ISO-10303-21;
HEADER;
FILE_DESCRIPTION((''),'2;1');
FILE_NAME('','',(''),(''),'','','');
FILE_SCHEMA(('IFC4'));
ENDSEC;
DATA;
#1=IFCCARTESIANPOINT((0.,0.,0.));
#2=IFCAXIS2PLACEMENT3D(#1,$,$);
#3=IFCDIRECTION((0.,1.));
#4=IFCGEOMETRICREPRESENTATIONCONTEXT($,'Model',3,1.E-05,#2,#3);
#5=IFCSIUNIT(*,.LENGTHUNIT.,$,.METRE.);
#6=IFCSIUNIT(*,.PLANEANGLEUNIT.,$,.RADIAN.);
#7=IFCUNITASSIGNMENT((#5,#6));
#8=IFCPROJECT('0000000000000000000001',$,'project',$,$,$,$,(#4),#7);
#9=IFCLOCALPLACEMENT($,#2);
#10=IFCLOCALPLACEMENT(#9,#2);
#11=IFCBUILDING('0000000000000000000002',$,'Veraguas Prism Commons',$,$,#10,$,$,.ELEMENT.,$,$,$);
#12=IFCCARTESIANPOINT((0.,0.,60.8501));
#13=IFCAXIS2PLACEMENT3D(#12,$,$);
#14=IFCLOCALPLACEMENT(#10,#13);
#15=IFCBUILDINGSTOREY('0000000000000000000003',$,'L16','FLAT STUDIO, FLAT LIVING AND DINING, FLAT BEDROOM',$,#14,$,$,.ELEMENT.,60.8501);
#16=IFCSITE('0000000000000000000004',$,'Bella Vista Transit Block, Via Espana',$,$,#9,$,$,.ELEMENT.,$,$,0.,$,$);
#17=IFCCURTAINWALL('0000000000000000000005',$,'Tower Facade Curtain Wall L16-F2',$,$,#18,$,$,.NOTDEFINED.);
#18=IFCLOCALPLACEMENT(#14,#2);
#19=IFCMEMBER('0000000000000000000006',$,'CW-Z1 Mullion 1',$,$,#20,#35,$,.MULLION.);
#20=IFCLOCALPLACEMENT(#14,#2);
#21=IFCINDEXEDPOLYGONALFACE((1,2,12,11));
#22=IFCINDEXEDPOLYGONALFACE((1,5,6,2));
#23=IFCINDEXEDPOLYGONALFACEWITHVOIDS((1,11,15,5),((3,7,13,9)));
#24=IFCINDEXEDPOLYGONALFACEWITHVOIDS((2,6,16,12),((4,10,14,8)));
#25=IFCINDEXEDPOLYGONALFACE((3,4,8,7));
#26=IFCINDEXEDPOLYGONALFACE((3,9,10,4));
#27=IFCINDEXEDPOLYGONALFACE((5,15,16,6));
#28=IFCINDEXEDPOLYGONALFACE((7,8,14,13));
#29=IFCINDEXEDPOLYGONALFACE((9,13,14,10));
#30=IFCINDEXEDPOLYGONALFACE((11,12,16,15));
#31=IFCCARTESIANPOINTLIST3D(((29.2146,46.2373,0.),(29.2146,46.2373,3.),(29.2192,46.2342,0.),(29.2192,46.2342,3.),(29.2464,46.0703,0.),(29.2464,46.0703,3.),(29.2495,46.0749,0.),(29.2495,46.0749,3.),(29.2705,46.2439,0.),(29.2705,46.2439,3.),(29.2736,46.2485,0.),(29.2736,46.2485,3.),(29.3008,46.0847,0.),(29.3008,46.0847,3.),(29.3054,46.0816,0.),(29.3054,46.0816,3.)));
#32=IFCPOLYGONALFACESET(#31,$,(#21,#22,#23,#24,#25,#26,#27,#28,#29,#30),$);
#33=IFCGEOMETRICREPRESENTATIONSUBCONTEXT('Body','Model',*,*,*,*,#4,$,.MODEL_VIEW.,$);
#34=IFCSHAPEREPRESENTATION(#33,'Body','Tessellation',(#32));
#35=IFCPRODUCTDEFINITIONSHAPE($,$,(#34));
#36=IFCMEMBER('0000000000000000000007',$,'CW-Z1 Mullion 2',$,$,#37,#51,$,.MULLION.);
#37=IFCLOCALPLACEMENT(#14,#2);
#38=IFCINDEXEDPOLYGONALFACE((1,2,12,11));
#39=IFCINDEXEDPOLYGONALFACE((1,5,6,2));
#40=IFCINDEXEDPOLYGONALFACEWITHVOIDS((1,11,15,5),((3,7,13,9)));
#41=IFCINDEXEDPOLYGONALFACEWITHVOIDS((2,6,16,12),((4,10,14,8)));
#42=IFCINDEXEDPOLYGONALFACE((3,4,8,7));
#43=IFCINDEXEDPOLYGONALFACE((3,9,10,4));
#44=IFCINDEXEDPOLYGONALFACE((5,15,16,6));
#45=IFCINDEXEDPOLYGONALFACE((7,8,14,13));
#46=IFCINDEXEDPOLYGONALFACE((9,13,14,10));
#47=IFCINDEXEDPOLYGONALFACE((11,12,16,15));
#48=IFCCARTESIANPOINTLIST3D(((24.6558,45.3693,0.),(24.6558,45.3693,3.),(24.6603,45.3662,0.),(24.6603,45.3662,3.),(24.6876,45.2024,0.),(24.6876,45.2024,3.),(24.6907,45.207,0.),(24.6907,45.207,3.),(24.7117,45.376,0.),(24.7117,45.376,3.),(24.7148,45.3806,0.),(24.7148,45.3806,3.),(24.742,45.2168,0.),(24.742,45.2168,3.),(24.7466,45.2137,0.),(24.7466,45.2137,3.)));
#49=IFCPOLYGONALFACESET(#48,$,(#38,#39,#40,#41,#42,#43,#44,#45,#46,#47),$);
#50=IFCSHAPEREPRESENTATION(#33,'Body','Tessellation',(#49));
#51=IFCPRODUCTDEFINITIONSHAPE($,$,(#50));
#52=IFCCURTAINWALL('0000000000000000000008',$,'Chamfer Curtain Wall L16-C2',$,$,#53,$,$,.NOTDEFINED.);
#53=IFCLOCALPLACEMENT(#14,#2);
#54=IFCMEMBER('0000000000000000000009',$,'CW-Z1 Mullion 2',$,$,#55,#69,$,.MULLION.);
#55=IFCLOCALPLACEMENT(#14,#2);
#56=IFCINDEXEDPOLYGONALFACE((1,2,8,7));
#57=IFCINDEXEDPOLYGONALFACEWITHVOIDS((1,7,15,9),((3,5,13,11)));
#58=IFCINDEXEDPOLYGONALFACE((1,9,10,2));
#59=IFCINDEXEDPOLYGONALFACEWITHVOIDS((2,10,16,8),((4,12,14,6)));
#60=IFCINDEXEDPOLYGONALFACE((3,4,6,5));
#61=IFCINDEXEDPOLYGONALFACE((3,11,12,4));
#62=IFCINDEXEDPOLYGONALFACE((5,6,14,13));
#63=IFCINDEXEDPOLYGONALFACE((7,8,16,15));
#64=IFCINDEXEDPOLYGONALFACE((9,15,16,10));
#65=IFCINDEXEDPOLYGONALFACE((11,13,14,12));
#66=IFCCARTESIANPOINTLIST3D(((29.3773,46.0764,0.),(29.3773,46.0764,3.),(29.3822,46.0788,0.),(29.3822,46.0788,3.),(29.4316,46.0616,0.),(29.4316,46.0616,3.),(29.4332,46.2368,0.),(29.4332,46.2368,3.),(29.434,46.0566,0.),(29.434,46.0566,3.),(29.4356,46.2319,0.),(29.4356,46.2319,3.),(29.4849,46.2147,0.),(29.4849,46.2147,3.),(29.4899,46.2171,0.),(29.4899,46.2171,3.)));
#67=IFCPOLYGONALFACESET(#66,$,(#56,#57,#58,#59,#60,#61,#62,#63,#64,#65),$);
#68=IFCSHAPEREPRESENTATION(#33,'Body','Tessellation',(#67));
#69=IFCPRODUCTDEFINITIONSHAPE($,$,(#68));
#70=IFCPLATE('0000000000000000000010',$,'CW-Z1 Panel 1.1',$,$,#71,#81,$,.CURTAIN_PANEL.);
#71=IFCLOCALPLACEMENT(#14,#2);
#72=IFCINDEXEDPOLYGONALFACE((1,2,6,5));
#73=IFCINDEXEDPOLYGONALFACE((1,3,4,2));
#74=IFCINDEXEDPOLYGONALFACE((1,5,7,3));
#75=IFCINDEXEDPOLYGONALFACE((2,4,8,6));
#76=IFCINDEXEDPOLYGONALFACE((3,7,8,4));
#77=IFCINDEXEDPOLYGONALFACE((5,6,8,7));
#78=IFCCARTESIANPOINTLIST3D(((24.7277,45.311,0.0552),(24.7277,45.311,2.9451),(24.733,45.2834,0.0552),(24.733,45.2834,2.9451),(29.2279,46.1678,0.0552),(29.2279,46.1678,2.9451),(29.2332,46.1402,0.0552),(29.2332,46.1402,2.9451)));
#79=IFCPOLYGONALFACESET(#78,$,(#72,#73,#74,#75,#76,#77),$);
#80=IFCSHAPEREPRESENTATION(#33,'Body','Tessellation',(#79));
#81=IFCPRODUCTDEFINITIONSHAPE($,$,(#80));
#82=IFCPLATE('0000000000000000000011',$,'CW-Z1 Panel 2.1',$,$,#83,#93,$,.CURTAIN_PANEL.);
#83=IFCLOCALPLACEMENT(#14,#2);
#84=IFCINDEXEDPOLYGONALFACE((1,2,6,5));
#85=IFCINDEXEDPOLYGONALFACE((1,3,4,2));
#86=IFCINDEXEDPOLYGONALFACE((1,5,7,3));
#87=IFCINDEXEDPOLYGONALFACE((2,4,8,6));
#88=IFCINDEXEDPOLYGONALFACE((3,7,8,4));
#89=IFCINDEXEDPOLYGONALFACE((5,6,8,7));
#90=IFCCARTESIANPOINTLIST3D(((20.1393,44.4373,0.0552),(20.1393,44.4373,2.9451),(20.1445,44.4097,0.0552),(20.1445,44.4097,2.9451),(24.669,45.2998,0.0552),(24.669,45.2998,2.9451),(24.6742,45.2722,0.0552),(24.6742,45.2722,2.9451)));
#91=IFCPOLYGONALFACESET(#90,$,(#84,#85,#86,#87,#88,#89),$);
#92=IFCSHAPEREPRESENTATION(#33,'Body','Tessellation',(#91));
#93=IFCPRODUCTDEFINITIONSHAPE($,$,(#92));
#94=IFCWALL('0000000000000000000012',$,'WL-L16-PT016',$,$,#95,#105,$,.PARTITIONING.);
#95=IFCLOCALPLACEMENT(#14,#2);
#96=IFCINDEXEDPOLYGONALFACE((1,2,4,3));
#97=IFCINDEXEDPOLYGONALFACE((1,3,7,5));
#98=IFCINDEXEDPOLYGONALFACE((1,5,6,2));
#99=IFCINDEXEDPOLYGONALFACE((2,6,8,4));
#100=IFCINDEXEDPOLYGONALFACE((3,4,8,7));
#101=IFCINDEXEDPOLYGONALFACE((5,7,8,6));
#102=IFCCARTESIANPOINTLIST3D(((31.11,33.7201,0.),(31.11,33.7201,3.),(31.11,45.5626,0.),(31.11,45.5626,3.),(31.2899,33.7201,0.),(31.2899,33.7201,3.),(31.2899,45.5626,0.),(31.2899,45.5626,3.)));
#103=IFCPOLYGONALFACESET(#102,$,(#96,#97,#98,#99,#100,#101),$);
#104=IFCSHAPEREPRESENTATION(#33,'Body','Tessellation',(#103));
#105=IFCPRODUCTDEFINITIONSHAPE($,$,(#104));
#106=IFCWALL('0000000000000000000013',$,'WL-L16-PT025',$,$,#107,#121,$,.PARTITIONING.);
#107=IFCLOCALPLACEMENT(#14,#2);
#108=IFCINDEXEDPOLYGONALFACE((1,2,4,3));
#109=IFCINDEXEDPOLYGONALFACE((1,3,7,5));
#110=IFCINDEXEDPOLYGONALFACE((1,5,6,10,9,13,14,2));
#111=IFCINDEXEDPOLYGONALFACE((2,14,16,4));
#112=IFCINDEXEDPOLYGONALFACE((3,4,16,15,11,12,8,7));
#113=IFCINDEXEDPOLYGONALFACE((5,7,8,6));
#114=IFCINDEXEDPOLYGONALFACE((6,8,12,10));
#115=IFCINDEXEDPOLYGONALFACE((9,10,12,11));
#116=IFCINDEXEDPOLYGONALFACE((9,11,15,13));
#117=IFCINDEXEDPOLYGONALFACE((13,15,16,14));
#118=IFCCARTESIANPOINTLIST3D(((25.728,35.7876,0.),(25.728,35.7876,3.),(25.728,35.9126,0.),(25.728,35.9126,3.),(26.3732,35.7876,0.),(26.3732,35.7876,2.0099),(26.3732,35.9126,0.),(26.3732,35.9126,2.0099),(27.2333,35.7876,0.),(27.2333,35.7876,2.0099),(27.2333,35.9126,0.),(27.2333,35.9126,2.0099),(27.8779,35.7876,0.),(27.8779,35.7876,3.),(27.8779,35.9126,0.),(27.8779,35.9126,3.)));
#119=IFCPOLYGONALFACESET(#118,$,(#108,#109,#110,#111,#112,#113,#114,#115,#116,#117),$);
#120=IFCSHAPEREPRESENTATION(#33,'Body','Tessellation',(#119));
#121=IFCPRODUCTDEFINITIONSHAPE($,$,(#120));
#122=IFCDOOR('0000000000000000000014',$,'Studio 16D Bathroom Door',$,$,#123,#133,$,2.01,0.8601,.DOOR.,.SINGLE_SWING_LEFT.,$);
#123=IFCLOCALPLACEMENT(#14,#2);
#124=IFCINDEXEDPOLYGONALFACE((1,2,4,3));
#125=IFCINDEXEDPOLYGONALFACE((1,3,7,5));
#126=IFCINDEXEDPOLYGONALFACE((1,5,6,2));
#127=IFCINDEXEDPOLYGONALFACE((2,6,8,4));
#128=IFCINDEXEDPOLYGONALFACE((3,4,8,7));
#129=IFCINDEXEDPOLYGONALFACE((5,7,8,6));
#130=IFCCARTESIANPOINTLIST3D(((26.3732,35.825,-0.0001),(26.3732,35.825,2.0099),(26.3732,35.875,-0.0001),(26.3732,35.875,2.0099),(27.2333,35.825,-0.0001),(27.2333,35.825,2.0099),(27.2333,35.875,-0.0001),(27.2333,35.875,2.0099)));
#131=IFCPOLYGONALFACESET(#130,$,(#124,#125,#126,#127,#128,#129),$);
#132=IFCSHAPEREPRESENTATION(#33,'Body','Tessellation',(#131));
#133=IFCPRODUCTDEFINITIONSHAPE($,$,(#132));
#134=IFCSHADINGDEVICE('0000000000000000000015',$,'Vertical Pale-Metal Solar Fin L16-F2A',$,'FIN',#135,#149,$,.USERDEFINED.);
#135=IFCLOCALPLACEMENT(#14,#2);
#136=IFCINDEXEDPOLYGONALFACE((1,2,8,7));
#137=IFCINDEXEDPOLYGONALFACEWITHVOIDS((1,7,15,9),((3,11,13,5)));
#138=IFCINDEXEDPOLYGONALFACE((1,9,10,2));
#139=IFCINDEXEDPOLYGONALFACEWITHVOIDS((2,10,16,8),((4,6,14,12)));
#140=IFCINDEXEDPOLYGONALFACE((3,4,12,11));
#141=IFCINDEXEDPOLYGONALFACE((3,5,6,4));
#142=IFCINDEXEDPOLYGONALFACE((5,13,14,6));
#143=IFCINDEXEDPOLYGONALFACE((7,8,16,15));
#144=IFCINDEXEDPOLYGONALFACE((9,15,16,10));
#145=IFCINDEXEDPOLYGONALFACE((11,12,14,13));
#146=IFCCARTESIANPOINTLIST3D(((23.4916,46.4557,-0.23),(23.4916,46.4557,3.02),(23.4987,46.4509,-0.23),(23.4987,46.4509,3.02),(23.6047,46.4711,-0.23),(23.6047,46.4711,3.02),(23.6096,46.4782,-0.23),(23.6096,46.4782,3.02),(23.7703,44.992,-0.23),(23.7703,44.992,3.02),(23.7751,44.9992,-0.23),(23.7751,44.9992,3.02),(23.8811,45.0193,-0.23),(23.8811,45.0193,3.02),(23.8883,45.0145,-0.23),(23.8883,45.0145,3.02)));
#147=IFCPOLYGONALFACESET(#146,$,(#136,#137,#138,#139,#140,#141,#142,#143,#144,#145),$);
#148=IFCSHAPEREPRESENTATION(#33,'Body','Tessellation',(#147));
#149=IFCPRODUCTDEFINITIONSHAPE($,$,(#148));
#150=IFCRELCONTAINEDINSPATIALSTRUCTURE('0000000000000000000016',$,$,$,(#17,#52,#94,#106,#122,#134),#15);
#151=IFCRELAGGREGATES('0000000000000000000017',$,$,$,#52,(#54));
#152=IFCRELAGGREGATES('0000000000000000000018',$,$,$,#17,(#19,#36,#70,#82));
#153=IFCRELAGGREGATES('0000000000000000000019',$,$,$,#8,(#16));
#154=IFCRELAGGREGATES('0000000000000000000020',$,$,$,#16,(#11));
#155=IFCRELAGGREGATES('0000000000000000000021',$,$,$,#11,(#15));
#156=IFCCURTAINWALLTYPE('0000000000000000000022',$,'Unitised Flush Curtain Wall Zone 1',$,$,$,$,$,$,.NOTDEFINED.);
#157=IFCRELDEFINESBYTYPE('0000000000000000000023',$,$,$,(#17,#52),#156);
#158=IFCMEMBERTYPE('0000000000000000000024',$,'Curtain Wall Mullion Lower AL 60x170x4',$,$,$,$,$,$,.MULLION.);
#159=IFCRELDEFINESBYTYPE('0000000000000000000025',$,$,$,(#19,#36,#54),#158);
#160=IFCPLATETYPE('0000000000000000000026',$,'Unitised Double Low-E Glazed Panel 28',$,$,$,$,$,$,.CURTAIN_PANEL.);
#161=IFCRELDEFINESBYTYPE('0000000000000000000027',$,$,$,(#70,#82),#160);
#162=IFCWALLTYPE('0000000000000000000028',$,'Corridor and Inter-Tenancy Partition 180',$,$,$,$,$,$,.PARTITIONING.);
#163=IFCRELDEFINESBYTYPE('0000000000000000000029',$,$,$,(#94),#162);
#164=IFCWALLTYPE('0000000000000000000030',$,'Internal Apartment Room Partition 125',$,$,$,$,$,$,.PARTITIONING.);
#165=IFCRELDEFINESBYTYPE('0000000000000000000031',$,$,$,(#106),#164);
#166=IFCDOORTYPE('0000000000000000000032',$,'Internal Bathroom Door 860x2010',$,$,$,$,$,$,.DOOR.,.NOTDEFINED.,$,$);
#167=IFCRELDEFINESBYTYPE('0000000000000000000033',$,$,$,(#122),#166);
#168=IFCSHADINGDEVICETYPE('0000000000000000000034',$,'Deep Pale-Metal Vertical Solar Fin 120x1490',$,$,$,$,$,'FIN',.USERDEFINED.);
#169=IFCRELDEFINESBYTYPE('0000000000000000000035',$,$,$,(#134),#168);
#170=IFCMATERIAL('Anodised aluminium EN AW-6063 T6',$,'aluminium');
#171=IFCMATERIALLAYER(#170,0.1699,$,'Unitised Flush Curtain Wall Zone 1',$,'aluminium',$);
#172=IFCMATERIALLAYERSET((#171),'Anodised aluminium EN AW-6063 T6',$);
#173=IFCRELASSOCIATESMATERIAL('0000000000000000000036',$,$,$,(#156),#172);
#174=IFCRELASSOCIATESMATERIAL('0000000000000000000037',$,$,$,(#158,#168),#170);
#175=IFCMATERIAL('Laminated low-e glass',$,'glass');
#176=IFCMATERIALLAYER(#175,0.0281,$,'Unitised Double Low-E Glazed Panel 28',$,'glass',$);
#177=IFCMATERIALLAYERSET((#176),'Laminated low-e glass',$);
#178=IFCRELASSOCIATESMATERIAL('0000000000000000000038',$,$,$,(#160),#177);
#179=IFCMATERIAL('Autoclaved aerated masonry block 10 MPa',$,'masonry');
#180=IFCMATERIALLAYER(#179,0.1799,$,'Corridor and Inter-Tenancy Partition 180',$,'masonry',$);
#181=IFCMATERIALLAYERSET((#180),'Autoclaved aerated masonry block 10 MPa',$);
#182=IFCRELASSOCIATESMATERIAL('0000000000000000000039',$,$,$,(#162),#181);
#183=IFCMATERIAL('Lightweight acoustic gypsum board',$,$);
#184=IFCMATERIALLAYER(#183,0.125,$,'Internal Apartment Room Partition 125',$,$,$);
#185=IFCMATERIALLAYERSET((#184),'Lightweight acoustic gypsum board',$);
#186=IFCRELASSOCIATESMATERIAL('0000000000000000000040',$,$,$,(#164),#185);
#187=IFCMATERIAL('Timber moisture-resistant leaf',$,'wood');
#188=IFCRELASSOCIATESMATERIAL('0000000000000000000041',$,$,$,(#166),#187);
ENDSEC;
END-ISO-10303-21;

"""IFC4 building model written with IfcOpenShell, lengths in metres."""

from ifc_helpers import new_model, si_unit, direction, frame, frame_2d, origin, origin_2d, place, context, subcontext, project, spatial, rectangle, hollow_rectangle, extrude, source, transform, mapped, material, layer, layer_set, material_profile, profile_set, type_object, element, fill, aggregate, save


model = new_model("IFC4")

# Units and contexts
model_context = context("Model", 3, precision=1e-05, world=origin(), true_north=direction((0.0, 1.0)))
body_context = subcontext(model_context, "Body", "Model", "MODEL_VIEW")
ifc_project = project(units=[si_unit("LENGTHUNIT", "METRE"), si_unit("PLANEANGLEUNIT", "RADIAN")], contexts=[model_context])

# Site, building, storey
site_placement = place(None, origin())
site = spatial("IfcSite", under=ifc_project, at=site_placement, Name="Bella Vista Transit Block, Via Espana", CompositionType="ELEMENT", RefElevation=0.0)
building_placement = place(site_placement, origin())
building = spatial("IfcBuilding", under=site, at=building_placement, Name="Veraguas Prism Commons", CompositionType="ELEMENT")
storey_placement = place(building_placement, frame((0.0, 0.0, 60.8501)))
storey = spatial("IfcBuildingStorey", under=building, at=storey_placement, Name="L16", Description="FLAT STUDIO, FLAT LIVING AND DINING, FLAT BEDROOM", CompositionType="ELEMENT", Elevation=60.8501)

# Curtain wall, members
ifc_material_1 = material(Name="Anodised aluminium EN AW-6063 T6", Category="aluminium")
ifc_layer_1 = layer(ifc_material_1, 0.1699, Name="Unitised Flush Curtain Wall Zone 1", Category="aluminium")
ifc_layer_set_1 = layer_set([ifc_layer_1], Name="Anodised aluminium EN AW-6063 T6")
curtain_wall_type = type_object("IfcCurtainWallType", Name="Unitised Flush Curtain Wall Zone 1", PredefinedType="NOTDEFINED", material=ifc_layer_set_1)
curtain_wall_1_placement = place(storey_placement, origin())
curtain_wall_1 = element("IfcCurtainWall", 1, at=curtain_wall_1_placement, inside=storey, type_object=curtain_wall_type, Name="Tower Facade Curtain Wall L16-F2", PredefinedType="NOTDEFINED")
ifc_material_profile_1 = material_profile(ifc_material_1, hollow_rectangle(XDim=0.0601, YDim=0.1699, WallThickness=0.0039, at=origin_2d()), Name="AL60X170X4")
ifc_profile_set_1 = profile_set([ifc_material_profile_1], Name="Anodised aluminium EN AW-6063 T6")
member_type_1 = type_object("IfcMemberType", Name="Curtain Wall Mullion Lower AL 60x170x4", PredefinedType="MULLION", material=ifc_profile_set_1)
shared_shape_1 = source(origin(), body_context, "Body", "SweptSolid", [
    extrude(hollow_rectangle(XDim=0.0601, YDim=0.1699, WallThickness=0.0039, at=origin_2d()), origin(), (0.0, 0.0, 1.0), 3.0),
])
member_1_placement = place(storey_placement, frame((29.26, 46.1594, 0.0), z_axis=(0.0, 0.0, 1.0), x_axis=(-0.982353, -0.187038, 0.0)))
member_1 = element("IfcMember", 2, at=member_1_placement, type_object=member_type_1, Name="CW-Z1 Mullion 1", PredefinedType="MULLION", context=body_context, shape_type="MappedRepresentation", body=[
    mapped(shared_shape_1, transform((0.0, 0.0, 0.0), scale=1.0)),
])
member_2_placement = place(storey_placement, frame((24.7012, 45.2915, 0.0), z_axis=(0.0, 0.0, 1.0), x_axis=(-0.982353, -0.187038, 0.0)))
member_2 = element("IfcMember", 3, at=member_2_placement, type_object=member_type_1, Name="CW-Z1 Mullion 2", PredefinedType="MULLION", context=body_context, shape_type="MappedRepresentation", body=[
    mapped(shared_shape_1, transform((0.0, 0.0, 0.0), scale=1.0)),
])

# Curtain wall, member
curtain_wall_2_placement = place(storey_placement, origin())
curtain_wall_2 = element("IfcCurtainWall", 4, at=curtain_wall_2_placement, inside=storey, type_object=curtain_wall_type, Name="Chamfer Curtain Wall L16-C2", PredefinedType="NOTDEFINED")
member_3_placement = place(storey_placement, frame((29.4336, 46.1467, 0.0), z_axis=(0.0, 0.0, 1.0), x_axis=(-0.944272, 0.329165, 0.0)))
member_3 = element("IfcMember", 5, at=member_3_placement, type_object=member_type_1, Name="CW-Z1 Mullion 2", PredefinedType="MULLION", context=body_context, shape_type="MappedRepresentation", body=[
    mapped(shared_shape_1, transform((0.0, 0.0, 0.0), scale=1.0)),
])
aggregate(curtain_wall_2, [member_3])

# Plates
ifc_material_2 = material(Name="Laminated low-e glass", Category="glass")
ifc_layer_2 = layer(ifc_material_2, 0.0281, Name="Unitised Double Low-E Glazed Panel 28", Category="glass")
ifc_layer_set_2 = layer_set([ifc_layer_2], Name="Laminated low-e glass")
plate_type = type_object("IfcPlateType", Name="Unitised Double Low-E Glazed Panel 28", PredefinedType="CURTAIN_PANEL", material=ifc_layer_set_2)
shared_shape_2 = source(origin(), body_context, "Body", "SweptSolid", [
    extrude(rectangle(XDim=4.5811, YDim=0.0281, at=origin_2d()), origin(), (0.0, 0.0, 1.0), 2.8899),
])
plate_1_placement = place(storey_placement, frame((26.9805, 45.7256, 0.0552), z_axis=(0.0, 0.0, 1.0), x_axis=(-0.982353, -0.187038, 0.0)))
plate_1 = element("IfcPlate", 6, at=plate_1_placement, type_object=plate_type, Name="CW-Z1 Panel 1.1", PredefinedType="CURTAIN_PANEL", context=body_context, shape_type="MappedRepresentation", body=[
    mapped(shared_shape_2, transform((0.0, 0.0, 0.0), scale=1.0)),
])
shared_shape_3 = source(origin(), body_context, "Body", "SweptSolid", [
    extrude(rectangle(XDim=4.6111, YDim=0.0281, at=origin_2d()), origin(), (0.0, 0.0, 1.0), 2.8899),
])
plate_2_placement = place(storey_placement, frame((22.4067, 44.8547, 0.0552), z_axis=(0.0, 0.0, 1.0), x_axis=(-0.982353, -0.187038, 0.0)))
plate_2 = element("IfcPlate", 7, at=plate_2_placement, type_object=plate_type, Name="CW-Z1 Panel 2.1", PredefinedType="CURTAIN_PANEL", context=body_context, shape_type="MappedRepresentation", body=[
    mapped(shared_shape_3, transform((0.0, 0.0, 0.0), scale=1.0)),
])
aggregate(curtain_wall_1, [member_1, member_2, plate_1, plate_2])

# Wall
ifc_material_3 = material(Name="Autoclaved aerated masonry block 10 MPa", Category="masonry")
ifc_layer_3 = layer(ifc_material_3, 0.1799, Name="Corridor and Inter-Tenancy Partition 180", Category="masonry")
ifc_layer_set_3 = layer_set([ifc_layer_3], Name="Autoclaved aerated masonry block 10 MPa")
wall_type_1 = type_object("IfcWallType", Name="Corridor and Inter-Tenancy Partition 180", PredefinedType="PARTITIONING", material=ifc_layer_set_3)
wall_1_placement = place(storey_placement, frame((31.2, 33.72, 0.0), z_axis=(0.0, 0.0, 1.0), x_axis=(0.0, 1.0, 0.0)))
element("IfcWall", 8, at=wall_1_placement, inside=storey, type_object=wall_type_1, Name="WL-L16-PT016", PredefinedType="PARTITIONING", context=body_context, shape_type="SweptSolid", body=[
    extrude(rectangle(XDim=11.8425, YDim=0.1799, at=frame_2d((5.9214, 0.0))), origin(), (0.0, 0.0, 1.0), 3.0),
])

# Wall, opening, door
ifc_material_4 = material(Name="Lightweight acoustic gypsum board")
ifc_layer_4 = layer(ifc_material_4, 0.125, Name="Internal Apartment Room Partition 125")
ifc_layer_set_4 = layer_set([ifc_layer_4], Name="Lightweight acoustic gypsum board")
wall_type_2 = type_object("IfcWallType", Name="Internal Apartment Room Partition 125", PredefinedType="PARTITIONING", material=ifc_layer_set_4)
wall_2_placement = place(storey_placement, frame((25.728, 35.8501, 0.0), z_axis=(0.0, 0.0, 1.0), x_axis=(1.0, 0.0, 0.0)))
wall_2 = element("IfcWall", 9, at=wall_2_placement, inside=storey, type_object=wall_type_2, Name="WL-L16-PT025", PredefinedType="PARTITIONING", context=body_context, shape_type="SweptSolid", body=[
    extrude(rectangle(XDim=2.1499, YDim=0.125, at=frame_2d((1.075, 0.0))), origin(), (0.0, 0.0, 1.0), 3.0),
])
opening_placement = place(wall_2_placement, frame((0.645, 0.0, 0.0)))
opening = element("IfcOpeningElement", 10, at=opening_placement, cuts=wall_2, PredefinedType="OPENING", context=body_context, shape_type="SweptSolid", body=[
    extrude(rectangle(XDim=0.8601, YDim=2.01, at=frame_2d((0.4302, 1.0049))), frame((0.0, 0.0725, 0.0), z_axis=(0.0, -1.0, 0.0), x_axis=(1.0, 0.0, 0.0)), (0.0, 0.0, 1.0), 0.145),
])
ifc_material_5 = material(Name="Timber moisture-resistant leaf", Category="wood")
door_type = type_object("IfcDoorType", Name="Internal Bathroom Door 860x2010", OperationType="NOTDEFINED", PredefinedType="DOOR", material=ifc_material_5)
shared_shape_4 = source(origin(), body_context, "Body", "SweptSolid", [
    extrude(rectangle(XDim=0.8601, YDim=2.01, at=frame_2d((0.4302, 1.0049))), frame((0.0, 0.0249, 0.0), z_axis=(0.0, -1.0, 0.0), x_axis=(1.0, 0.0, 0.0)), (0.0, 0.0, 1.0), 0.05),
])
door_placement = place(opening_placement, origin())
door = element("IfcDoor", 11, at=door_placement, inside=storey, type_object=door_type, Name="Studio 16D Bathroom Door", OperationType="SINGLE_SWING_LEFT", OverallHeight=2.01, OverallWidth=0.8601, PredefinedType="DOOR", context=body_context, shape_type="MappedRepresentation", body=[
    mapped(shared_shape_4, transform((0.0, 0.0, 0.0), scale=1.0)),
])
fill(opening, door)

# Shading device
ifc_material_profile_2 = material_profile(ifc_material_1, hollow_rectangle(XDim=0.1201, YDim=1.49, WallThickness=0.0061, at=origin_2d()), Name="FIN120X1490X6")
ifc_profile_set_2 = profile_set([ifc_material_profile_2], Name="Anodised aluminium EN AW-6063 T6")
shading_device_type = type_object("IfcShadingDeviceType", Name="Deep Pale-Metal Vertical Solar Fin 120x1490", ElementType="FIN", PredefinedType="USERDEFINED", material=ifc_profile_set_2)
shading_device_placement = place(storey_placement, frame((23.6899, 45.7351, -0.23), z_axis=(0.0, 0.0, 1.0), x_axis=(-0.982353, -0.187037, 0.0)))
element("IfcShadingDevice", 12, at=shading_device_placement, inside=storey, type_object=shading_device_type, Name="Vertical Pale-Metal Solar Fin L16-F2A", ObjectType="FIN", PredefinedType="USERDEFINED", context=body_context, shape_type="SweptSolid", body=[
    extrude(hollow_rectangle(XDim=0.1201, YDim=1.49, WallThickness=0.0061, at=origin_2d()), origin(), (0.0, 0.0, 1.0), 3.25),
])

save(model, "model.ifc")
